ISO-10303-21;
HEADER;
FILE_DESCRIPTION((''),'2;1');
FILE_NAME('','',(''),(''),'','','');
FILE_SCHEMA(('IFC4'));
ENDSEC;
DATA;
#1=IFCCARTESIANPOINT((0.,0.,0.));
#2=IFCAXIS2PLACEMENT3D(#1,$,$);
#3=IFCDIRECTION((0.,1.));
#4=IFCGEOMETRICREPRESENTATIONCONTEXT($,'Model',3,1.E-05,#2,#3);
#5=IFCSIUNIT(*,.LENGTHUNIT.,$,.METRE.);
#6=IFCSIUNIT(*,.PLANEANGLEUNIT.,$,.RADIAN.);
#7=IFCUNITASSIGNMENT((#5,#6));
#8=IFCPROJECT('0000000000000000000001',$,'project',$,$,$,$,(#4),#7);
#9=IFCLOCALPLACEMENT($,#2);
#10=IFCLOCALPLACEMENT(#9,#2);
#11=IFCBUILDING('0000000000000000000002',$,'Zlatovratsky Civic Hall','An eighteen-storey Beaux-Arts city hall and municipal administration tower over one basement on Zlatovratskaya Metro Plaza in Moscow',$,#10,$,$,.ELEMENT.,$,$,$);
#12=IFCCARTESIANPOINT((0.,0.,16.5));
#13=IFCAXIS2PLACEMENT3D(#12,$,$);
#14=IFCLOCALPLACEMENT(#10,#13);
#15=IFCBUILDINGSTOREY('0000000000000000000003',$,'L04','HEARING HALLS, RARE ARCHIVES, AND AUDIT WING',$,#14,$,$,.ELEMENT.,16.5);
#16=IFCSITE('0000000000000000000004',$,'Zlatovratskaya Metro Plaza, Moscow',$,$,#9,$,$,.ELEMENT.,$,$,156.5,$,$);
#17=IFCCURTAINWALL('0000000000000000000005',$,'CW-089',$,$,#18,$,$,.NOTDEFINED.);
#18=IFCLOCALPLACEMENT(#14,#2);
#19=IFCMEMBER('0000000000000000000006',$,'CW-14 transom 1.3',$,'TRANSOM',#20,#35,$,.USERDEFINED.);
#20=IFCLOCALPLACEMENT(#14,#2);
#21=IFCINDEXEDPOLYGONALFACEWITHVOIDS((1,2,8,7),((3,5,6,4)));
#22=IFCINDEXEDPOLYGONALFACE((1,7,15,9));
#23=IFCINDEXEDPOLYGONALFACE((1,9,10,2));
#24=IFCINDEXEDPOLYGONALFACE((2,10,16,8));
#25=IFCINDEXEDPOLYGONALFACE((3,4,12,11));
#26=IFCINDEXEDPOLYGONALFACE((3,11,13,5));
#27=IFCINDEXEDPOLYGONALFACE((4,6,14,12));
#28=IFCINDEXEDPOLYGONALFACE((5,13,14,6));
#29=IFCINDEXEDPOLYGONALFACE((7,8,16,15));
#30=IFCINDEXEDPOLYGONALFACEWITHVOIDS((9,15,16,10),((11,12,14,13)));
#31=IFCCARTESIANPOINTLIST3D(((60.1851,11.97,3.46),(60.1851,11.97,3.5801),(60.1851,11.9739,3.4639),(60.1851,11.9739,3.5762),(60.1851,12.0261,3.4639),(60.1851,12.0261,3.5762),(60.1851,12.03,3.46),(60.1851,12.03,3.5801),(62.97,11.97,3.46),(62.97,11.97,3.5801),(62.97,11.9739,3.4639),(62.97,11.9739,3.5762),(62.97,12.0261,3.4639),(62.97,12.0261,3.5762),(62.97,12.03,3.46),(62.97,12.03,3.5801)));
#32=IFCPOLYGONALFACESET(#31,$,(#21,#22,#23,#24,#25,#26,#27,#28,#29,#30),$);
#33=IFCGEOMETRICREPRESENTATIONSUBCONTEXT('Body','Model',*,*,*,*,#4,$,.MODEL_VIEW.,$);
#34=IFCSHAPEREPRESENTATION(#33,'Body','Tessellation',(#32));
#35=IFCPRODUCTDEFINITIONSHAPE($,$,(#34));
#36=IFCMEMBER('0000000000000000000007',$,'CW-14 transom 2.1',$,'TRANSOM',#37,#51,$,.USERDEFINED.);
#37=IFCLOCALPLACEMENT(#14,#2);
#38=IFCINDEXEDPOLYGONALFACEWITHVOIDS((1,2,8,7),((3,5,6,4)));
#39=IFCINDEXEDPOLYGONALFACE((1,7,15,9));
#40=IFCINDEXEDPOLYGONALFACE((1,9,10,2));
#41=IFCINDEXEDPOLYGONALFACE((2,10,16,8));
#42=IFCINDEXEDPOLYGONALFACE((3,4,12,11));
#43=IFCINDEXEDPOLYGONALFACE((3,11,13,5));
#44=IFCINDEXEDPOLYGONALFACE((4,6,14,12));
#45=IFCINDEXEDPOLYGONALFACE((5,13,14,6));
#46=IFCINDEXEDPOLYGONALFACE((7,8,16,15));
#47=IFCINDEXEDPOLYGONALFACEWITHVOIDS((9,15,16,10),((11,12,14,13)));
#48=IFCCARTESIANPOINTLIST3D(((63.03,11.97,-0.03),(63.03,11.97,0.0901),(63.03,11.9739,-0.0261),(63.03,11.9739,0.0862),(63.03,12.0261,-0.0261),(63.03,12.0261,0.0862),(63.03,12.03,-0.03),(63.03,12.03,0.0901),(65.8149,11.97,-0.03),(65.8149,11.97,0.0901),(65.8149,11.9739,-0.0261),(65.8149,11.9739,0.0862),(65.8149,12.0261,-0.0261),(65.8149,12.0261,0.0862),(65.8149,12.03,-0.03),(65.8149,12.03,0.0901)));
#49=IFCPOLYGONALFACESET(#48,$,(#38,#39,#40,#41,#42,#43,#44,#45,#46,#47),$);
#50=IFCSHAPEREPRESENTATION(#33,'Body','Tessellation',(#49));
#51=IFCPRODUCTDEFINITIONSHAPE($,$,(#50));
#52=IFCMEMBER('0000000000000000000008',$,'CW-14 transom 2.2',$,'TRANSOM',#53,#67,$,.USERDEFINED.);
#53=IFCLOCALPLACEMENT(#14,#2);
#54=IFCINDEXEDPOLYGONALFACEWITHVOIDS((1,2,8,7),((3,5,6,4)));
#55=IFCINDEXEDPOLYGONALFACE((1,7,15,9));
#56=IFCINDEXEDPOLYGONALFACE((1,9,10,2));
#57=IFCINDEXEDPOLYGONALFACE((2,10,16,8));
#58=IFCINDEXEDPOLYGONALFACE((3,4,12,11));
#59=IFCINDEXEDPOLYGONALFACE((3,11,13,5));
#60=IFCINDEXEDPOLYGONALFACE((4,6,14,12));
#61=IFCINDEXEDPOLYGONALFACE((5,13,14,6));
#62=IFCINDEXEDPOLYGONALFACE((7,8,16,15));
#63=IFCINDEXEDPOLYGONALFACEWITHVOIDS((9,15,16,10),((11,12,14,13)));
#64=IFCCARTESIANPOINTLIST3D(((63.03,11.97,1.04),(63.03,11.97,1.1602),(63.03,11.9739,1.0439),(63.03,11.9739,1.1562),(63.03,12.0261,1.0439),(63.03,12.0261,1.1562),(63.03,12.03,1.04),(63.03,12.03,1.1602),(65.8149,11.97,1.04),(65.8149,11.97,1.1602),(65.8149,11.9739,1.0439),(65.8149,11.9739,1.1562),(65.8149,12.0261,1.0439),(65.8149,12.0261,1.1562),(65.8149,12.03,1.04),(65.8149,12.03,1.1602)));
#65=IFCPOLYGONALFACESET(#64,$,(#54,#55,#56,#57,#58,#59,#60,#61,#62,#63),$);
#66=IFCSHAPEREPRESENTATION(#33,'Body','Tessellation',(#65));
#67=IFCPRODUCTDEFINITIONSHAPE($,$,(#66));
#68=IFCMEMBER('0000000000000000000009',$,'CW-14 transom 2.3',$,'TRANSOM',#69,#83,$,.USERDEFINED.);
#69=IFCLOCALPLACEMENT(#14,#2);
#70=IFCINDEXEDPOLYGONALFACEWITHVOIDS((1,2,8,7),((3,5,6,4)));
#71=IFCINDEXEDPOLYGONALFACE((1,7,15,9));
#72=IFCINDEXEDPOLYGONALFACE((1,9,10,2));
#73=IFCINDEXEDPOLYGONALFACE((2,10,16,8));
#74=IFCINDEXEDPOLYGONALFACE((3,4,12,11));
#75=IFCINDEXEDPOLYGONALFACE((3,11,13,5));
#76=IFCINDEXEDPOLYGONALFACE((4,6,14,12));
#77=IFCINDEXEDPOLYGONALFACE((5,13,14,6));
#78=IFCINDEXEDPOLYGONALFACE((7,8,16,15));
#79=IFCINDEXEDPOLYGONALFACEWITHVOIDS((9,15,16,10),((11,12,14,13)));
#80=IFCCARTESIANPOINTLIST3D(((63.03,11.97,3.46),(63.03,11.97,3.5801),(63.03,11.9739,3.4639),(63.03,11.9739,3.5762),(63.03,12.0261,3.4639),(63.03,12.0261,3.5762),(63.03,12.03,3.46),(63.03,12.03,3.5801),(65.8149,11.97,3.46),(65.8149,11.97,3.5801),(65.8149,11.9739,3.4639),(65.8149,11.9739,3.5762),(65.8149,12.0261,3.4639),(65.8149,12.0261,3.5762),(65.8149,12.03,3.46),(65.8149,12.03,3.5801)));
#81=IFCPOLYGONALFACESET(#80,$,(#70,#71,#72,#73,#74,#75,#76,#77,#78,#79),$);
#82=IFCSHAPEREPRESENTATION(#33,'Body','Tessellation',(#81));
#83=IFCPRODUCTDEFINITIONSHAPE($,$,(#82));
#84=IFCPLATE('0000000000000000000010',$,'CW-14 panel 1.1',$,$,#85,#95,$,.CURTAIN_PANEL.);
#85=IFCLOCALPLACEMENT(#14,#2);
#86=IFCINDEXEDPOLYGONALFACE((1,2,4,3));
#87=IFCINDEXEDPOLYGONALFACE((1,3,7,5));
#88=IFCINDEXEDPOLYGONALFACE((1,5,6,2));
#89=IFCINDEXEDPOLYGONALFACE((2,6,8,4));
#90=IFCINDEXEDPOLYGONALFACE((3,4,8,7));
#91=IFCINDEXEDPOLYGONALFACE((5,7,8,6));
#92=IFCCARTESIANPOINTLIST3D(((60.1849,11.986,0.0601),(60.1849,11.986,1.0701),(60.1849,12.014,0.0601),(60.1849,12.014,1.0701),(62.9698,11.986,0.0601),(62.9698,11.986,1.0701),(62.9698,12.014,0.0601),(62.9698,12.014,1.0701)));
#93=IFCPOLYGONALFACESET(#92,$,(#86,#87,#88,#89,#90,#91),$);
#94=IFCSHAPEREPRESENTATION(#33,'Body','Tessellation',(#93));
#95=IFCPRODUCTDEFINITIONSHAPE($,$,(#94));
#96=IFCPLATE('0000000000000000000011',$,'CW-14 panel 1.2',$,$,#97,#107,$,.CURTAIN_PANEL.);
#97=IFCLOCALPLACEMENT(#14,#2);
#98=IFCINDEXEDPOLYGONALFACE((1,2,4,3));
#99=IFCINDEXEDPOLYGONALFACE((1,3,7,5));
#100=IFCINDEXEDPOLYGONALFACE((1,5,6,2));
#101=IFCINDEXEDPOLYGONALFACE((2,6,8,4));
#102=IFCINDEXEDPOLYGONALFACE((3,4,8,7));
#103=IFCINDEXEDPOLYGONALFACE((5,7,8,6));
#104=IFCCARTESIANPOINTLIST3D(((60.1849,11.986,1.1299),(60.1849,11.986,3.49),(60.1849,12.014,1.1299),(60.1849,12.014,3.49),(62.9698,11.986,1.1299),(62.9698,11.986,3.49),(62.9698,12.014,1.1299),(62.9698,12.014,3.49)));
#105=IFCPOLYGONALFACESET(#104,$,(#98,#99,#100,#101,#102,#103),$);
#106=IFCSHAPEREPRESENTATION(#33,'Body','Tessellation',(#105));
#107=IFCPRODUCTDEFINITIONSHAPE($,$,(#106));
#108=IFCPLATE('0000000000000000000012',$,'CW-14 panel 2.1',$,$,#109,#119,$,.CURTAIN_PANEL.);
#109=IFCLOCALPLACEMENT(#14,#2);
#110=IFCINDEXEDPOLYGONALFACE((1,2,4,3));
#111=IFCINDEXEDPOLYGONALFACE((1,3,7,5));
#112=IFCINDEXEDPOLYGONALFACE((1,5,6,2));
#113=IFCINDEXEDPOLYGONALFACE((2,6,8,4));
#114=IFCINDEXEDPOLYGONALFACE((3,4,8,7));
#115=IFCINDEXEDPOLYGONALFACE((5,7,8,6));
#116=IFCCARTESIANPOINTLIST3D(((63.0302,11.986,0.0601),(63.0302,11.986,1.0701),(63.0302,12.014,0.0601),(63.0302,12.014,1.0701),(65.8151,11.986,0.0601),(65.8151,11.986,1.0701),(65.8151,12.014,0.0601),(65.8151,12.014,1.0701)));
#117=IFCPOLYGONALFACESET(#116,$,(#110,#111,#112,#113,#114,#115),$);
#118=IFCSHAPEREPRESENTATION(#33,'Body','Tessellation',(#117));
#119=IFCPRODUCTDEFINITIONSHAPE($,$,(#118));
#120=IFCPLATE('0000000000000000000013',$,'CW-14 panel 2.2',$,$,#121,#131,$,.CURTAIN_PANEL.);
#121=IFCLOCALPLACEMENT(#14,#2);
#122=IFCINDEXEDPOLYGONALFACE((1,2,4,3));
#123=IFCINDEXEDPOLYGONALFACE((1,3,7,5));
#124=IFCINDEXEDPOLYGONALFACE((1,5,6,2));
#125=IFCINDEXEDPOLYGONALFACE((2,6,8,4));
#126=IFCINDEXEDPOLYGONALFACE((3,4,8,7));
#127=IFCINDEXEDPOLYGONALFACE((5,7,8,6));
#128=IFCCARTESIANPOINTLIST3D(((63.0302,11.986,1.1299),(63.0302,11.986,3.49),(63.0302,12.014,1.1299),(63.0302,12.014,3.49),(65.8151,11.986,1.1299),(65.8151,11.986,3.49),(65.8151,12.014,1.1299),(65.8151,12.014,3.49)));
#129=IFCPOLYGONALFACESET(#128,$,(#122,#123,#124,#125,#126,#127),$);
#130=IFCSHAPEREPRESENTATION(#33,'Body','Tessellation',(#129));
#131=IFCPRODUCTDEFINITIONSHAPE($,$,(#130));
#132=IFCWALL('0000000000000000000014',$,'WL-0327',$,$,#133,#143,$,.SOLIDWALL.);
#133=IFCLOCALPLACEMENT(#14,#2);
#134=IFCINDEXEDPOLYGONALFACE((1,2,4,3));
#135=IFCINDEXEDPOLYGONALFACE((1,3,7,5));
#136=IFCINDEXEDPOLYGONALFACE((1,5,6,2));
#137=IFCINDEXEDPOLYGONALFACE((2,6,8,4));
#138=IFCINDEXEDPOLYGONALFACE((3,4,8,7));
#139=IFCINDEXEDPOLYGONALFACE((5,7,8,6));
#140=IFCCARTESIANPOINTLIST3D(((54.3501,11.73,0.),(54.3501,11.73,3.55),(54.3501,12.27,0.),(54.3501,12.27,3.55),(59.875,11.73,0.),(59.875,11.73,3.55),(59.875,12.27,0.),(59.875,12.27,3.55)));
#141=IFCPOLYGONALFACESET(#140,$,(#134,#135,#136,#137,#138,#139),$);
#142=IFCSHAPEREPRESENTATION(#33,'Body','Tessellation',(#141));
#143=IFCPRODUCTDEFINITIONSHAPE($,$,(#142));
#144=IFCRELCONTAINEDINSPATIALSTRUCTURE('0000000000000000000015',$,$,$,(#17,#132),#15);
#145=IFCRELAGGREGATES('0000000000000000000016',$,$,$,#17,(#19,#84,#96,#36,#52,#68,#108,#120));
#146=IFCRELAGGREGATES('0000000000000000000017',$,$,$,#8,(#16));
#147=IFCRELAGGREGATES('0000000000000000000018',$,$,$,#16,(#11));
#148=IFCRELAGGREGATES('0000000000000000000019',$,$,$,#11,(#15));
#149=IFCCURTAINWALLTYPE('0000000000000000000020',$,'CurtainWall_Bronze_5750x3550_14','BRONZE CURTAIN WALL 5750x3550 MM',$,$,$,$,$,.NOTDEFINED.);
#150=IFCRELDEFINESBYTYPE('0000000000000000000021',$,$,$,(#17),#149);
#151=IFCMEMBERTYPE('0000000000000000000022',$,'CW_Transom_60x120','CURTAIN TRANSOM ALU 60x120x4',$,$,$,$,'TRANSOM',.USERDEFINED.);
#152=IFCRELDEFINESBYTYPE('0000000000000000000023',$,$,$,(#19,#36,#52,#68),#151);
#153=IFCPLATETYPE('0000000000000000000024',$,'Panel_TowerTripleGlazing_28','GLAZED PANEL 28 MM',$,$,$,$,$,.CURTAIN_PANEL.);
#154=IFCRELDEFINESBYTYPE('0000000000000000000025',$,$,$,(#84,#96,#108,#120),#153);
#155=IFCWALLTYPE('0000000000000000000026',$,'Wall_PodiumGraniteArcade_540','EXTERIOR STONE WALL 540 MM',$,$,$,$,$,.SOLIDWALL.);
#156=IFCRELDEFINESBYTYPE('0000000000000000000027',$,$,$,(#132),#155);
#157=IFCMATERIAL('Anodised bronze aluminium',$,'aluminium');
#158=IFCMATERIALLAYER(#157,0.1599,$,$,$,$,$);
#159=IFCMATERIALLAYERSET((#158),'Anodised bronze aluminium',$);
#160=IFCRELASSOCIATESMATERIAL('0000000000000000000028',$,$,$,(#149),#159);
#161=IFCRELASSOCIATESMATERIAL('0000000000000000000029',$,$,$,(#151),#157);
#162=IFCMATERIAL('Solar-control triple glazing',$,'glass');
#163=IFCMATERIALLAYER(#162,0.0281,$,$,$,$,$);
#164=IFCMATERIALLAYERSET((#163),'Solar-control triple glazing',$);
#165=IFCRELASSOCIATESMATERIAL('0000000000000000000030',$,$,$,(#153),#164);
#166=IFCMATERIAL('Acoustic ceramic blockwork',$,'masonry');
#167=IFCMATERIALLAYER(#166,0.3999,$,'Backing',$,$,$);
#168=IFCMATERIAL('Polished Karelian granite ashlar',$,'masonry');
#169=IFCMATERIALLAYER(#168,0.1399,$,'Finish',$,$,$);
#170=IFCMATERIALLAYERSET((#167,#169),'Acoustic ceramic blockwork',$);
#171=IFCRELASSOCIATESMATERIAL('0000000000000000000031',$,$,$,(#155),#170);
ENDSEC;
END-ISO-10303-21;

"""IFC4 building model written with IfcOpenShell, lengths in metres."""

from ifc_helpers import new_model, si_unit, direction, frame, frame_2d, origin, origin_2d, place, context, subcontext, project, spatial, rectangle, hollow_rectangle, extrude, material, layer, layer_set, material_profile, profile_set, type_object, element, aggregate, save


model = new_model("IFC4")

# Units and contexts
model_context = context("Model", 3, precision=1e-05, world=origin(), true_north=direction((0.0, 1.0)))
body_context = subcontext(model_context, "Body", "Model", "MODEL_VIEW")
ifc_project = project(units=[si_unit("LENGTHUNIT", "METRE"), si_unit("PLANEANGLEUNIT", "RADIAN")], contexts=[model_context])

# Site, building, storey
site_placement = place(None, origin())
site = spatial("IfcSite", under=ifc_project, at=site_placement, Name="Zlatovratskaya Metro Plaza, Moscow", CompositionType="ELEMENT", RefElevation=156.5)
building_placement = place(site_placement, origin())
building = spatial("IfcBuilding", under=site, at=building_placement, Name="Zlatovratsky Civic Hall", Description="An eighteen-storey Beaux-Arts city hall and municipal administration tower over one basement on Zlatovratskaya Metro Plaza in Moscow", CompositionType="ELEMENT")
storey_placement = place(building_placement, frame((0.0, 0.0, 16.5)))
storey = spatial("IfcBuildingStorey", under=building, at=storey_placement, Name="L04", Description="HEARING HALLS, RARE ARCHIVES, AND AUDIT WING", CompositionType="ELEMENT", Elevation=16.5)

# Curtain wall, members, plates
ifc_material_1 = material(Name="Anodised bronze aluminium", Category="aluminium")
ifc_layer_1 = layer(ifc_material_1, 0.1599)
ifc_layer_set_1 = layer_set([ifc_layer_1], Name="Anodised bronze aluminium")
curtain_wall_type = type_object("IfcCurtainWallType", Name="CurtainWall_Bronze_5750x3550_14", Description="BRONZE CURTAIN WALL 5750x3550 MM", PredefinedType="NOTDEFINED", material=ifc_layer_set_1)
curtain_wall_placement = place(storey_placement, origin())
curtain_wall = element("IfcCurtainWall", 1, at=curtain_wall_placement, inside=storey, type_object=curtain_wall_type, Name="CW-089", PredefinedType="NOTDEFINED")
ifc_material_profile_1 = material_profile(ifc_material_1, hollow_rectangle(XDim=0.0601, YDim=0.1201, WallThickness=0.0039, at=origin_2d()), Name="ALU 60x120x4")
ifc_profile_set_1 = profile_set([ifc_material_profile_1], Name="Anodised bronze aluminium")
member_type_1 = type_object("IfcMemberType", Name="CW_Transom_60x120", Description="CURTAIN TRANSOM ALU 60x120x4", ElementType="TRANSOM", PredefinedType="USERDEFINED", material=ifc_profile_set_1)
member_1_placement = place(storey_placement, frame((60.1851, 12.0, 3.52), z_axis=(1.0, 0.0, 0.0), x_axis=(0.0, 1.0, 0.0)))
member_1 = element("IfcMember", 2, at=member_1_placement, type_object=member_type_1, Name="CW-14 transom 1.3", ObjectType="TRANSOM", PredefinedType="USERDEFINED", context=body_context, shape_type="SweptSolid", body=[
    extrude(hollow_rectangle(XDim=0.0601, YDim=0.1201, WallThickness=0.0039, at=origin_2d()), origin(), (0.0, 0.0, 1.0), 2.7849),
])
member_2_placement = place(storey_placement, frame((63.03, 12.0, 0.03), z_axis=(1.0, 0.0, 0.0), x_axis=(0.0, 1.0, 0.0)))
member_2 = element("IfcMember", 3, at=member_2_placement, type_object=member_type_1, Name="CW-14 transom 2.1", ObjectType="TRANSOM", PredefinedType="USERDEFINED", context=body_context, shape_type="SweptSolid", body=[
    extrude(hollow_rectangle(XDim=0.0601, YDim=0.1201, WallThickness=0.0039, at=origin_2d()), origin(), (0.0, 0.0, 1.0), 2.7849),
])
member_3_placement = place(storey_placement, frame((63.03, 12.0, 1.1001), z_axis=(1.0, 0.0, 0.0), x_axis=(0.0, 1.0, 0.0)))
member_3 = element("IfcMember", 4, at=member_3_placement, type_object=member_type_1, Name="CW-14 transom 2.2", ObjectType="TRANSOM", PredefinedType="USERDEFINED", context=body_context, shape_type="SweptSolid", body=[
    extrude(hollow_rectangle(XDim=0.0601, YDim=0.1201, WallThickness=0.0039, at=origin_2d()), origin(), (0.0, 0.0, 1.0), 2.7849),
])
member_4_placement = place(storey_placement, frame((63.03, 12.0, 3.52), z_axis=(1.0, 0.0, 0.0), x_axis=(0.0, 1.0, 0.0)))
member_4 = element("IfcMember", 5, at=member_4_placement, type_object=member_type_1, Name="CW-14 transom 2.3", ObjectType="TRANSOM", PredefinedType="USERDEFINED", context=body_context, shape_type="SweptSolid", body=[
    extrude(hollow_rectangle(XDim=0.0601, YDim=0.1201, WallThickness=0.0039, at=origin_2d()), origin(), (0.0, 0.0, 1.0), 2.7849),
])
ifc_material_2 = material(Name="Solar-control triple glazing", Category="glass")
ifc_layer_2 = layer(ifc_material_2, 0.0281)
ifc_layer_set_2 = layer_set([ifc_layer_2], Name="Solar-control triple glazing")
plate_type = type_object("IfcPlateType", Name="Panel_TowerTripleGlazing_28", Description="GLAZED PANEL 28 MM", PredefinedType="CURTAIN_PANEL", material=ifc_layer_set_2)
plate_1_placement = place(storey_placement, frame((61.5774, 12.0, 0.0601), z_axis=(0.0, 0.0, 1.0), x_axis=(1.0, 0.0, 0.0)))
plate_1 = element("IfcPlate", 6, at=plate_1_placement, type_object=plate_type, Name="CW-14 panel 1.1", PredefinedType="CURTAIN_PANEL", context=body_context, shape_type="SweptSolid", body=[
    extrude(rectangle(XDim=2.7849, YDim=0.0281, at=origin_2d()), origin(), (0.0, 0.0, 1.0), 1.01),
])
plate_2_placement = place(storey_placement, frame((61.5774, 12.0, 1.1299), z_axis=(0.0, 0.0, 1.0), x_axis=(1.0, 0.0, 0.0)))
plate_2 = element("IfcPlate", 7, at=plate_2_placement, type_object=plate_type, Name="CW-14 panel 1.2", PredefinedType="CURTAIN_PANEL", context=body_context, shape_type="SweptSolid", body=[
    extrude(rectangle(XDim=2.7849, YDim=0.0281, at=origin_2d()), origin(), (0.0, 0.0, 1.0), 2.3601),
])
plate_3_placement = place(storey_placement, frame((64.4226, 12.0, 0.0601), z_axis=(0.0, 0.0, 1.0), x_axis=(1.0, 0.0, 0.0)))
plate_3 = element("IfcPlate", 8, at=plate_3_placement, type_object=plate_type, Name="CW-14 panel 2.1", PredefinedType="CURTAIN_PANEL", context=body_context, shape_type="SweptSolid", body=[
    extrude(rectangle(XDim=2.7849, YDim=0.0281, at=origin_2d()), origin(), (0.0, 0.0, 1.0), 1.01),
])
plate_4_placement = place(storey_placement, frame((64.4226, 12.0, 1.1299), z_axis=(0.0, 0.0, 1.0), x_axis=(1.0, 0.0, 0.0)))
plate_4 = element("IfcPlate", 9, at=plate_4_placement, type_object=plate_type, Name="CW-14 panel 2.2", PredefinedType="CURTAIN_PANEL", context=body_context, shape_type="SweptSolid", body=[
    extrude(rectangle(XDim=2.7849, YDim=0.0281, at=origin_2d()), origin(), (0.0, 0.0, 1.0), 2.3601),
])
aggregate(curtain_wall, [member_1, plate_1, plate_2, member_2, member_3, member_4, plate_3, plate_4])

# Wall
ifc_material_3 = material(Name="Acoustic ceramic blockwork", Category="masonry")
ifc_layer_3 = layer(ifc_material_3, 0.3999, Name="Backing")
ifc_material_4 = material(Name="Polished Karelian granite ashlar", Category="masonry")
ifc_layer_4 = layer(ifc_material_4, 0.1399, Name="Finish")
ifc_layer_set_3 = layer_set([ifc_layer_3, ifc_layer_4], Name="Acoustic ceramic blockwork")
wall_type = type_object("IfcWallType", Name="Wall_PodiumGraniteArcade_540", Description="EXTERIOR STONE WALL 540 MM", PredefinedType="SOLIDWALL", material=ifc_layer_set_3)
wall_placement = place(storey_placement, frame((54.3501, 12.0, 0.0), z_axis=(0.0, 0.0, 1.0), x_axis=(1.0, 0.0, 0.0)))
element("IfcWall", 10, at=wall_placement, inside=storey, type_object=wall_type, Name="WL-0327", PredefinedType="SOLIDWALL", context=body_context, shape_type="SweptSolid", body=[
    extrude(rectangle(XDim=5.5249, YDim=0.54, at=frame_2d((2.7625, 0.0))), origin(), (0.0, 0.0, 1.0), 3.55),
])

save(model, "model.ifc")
